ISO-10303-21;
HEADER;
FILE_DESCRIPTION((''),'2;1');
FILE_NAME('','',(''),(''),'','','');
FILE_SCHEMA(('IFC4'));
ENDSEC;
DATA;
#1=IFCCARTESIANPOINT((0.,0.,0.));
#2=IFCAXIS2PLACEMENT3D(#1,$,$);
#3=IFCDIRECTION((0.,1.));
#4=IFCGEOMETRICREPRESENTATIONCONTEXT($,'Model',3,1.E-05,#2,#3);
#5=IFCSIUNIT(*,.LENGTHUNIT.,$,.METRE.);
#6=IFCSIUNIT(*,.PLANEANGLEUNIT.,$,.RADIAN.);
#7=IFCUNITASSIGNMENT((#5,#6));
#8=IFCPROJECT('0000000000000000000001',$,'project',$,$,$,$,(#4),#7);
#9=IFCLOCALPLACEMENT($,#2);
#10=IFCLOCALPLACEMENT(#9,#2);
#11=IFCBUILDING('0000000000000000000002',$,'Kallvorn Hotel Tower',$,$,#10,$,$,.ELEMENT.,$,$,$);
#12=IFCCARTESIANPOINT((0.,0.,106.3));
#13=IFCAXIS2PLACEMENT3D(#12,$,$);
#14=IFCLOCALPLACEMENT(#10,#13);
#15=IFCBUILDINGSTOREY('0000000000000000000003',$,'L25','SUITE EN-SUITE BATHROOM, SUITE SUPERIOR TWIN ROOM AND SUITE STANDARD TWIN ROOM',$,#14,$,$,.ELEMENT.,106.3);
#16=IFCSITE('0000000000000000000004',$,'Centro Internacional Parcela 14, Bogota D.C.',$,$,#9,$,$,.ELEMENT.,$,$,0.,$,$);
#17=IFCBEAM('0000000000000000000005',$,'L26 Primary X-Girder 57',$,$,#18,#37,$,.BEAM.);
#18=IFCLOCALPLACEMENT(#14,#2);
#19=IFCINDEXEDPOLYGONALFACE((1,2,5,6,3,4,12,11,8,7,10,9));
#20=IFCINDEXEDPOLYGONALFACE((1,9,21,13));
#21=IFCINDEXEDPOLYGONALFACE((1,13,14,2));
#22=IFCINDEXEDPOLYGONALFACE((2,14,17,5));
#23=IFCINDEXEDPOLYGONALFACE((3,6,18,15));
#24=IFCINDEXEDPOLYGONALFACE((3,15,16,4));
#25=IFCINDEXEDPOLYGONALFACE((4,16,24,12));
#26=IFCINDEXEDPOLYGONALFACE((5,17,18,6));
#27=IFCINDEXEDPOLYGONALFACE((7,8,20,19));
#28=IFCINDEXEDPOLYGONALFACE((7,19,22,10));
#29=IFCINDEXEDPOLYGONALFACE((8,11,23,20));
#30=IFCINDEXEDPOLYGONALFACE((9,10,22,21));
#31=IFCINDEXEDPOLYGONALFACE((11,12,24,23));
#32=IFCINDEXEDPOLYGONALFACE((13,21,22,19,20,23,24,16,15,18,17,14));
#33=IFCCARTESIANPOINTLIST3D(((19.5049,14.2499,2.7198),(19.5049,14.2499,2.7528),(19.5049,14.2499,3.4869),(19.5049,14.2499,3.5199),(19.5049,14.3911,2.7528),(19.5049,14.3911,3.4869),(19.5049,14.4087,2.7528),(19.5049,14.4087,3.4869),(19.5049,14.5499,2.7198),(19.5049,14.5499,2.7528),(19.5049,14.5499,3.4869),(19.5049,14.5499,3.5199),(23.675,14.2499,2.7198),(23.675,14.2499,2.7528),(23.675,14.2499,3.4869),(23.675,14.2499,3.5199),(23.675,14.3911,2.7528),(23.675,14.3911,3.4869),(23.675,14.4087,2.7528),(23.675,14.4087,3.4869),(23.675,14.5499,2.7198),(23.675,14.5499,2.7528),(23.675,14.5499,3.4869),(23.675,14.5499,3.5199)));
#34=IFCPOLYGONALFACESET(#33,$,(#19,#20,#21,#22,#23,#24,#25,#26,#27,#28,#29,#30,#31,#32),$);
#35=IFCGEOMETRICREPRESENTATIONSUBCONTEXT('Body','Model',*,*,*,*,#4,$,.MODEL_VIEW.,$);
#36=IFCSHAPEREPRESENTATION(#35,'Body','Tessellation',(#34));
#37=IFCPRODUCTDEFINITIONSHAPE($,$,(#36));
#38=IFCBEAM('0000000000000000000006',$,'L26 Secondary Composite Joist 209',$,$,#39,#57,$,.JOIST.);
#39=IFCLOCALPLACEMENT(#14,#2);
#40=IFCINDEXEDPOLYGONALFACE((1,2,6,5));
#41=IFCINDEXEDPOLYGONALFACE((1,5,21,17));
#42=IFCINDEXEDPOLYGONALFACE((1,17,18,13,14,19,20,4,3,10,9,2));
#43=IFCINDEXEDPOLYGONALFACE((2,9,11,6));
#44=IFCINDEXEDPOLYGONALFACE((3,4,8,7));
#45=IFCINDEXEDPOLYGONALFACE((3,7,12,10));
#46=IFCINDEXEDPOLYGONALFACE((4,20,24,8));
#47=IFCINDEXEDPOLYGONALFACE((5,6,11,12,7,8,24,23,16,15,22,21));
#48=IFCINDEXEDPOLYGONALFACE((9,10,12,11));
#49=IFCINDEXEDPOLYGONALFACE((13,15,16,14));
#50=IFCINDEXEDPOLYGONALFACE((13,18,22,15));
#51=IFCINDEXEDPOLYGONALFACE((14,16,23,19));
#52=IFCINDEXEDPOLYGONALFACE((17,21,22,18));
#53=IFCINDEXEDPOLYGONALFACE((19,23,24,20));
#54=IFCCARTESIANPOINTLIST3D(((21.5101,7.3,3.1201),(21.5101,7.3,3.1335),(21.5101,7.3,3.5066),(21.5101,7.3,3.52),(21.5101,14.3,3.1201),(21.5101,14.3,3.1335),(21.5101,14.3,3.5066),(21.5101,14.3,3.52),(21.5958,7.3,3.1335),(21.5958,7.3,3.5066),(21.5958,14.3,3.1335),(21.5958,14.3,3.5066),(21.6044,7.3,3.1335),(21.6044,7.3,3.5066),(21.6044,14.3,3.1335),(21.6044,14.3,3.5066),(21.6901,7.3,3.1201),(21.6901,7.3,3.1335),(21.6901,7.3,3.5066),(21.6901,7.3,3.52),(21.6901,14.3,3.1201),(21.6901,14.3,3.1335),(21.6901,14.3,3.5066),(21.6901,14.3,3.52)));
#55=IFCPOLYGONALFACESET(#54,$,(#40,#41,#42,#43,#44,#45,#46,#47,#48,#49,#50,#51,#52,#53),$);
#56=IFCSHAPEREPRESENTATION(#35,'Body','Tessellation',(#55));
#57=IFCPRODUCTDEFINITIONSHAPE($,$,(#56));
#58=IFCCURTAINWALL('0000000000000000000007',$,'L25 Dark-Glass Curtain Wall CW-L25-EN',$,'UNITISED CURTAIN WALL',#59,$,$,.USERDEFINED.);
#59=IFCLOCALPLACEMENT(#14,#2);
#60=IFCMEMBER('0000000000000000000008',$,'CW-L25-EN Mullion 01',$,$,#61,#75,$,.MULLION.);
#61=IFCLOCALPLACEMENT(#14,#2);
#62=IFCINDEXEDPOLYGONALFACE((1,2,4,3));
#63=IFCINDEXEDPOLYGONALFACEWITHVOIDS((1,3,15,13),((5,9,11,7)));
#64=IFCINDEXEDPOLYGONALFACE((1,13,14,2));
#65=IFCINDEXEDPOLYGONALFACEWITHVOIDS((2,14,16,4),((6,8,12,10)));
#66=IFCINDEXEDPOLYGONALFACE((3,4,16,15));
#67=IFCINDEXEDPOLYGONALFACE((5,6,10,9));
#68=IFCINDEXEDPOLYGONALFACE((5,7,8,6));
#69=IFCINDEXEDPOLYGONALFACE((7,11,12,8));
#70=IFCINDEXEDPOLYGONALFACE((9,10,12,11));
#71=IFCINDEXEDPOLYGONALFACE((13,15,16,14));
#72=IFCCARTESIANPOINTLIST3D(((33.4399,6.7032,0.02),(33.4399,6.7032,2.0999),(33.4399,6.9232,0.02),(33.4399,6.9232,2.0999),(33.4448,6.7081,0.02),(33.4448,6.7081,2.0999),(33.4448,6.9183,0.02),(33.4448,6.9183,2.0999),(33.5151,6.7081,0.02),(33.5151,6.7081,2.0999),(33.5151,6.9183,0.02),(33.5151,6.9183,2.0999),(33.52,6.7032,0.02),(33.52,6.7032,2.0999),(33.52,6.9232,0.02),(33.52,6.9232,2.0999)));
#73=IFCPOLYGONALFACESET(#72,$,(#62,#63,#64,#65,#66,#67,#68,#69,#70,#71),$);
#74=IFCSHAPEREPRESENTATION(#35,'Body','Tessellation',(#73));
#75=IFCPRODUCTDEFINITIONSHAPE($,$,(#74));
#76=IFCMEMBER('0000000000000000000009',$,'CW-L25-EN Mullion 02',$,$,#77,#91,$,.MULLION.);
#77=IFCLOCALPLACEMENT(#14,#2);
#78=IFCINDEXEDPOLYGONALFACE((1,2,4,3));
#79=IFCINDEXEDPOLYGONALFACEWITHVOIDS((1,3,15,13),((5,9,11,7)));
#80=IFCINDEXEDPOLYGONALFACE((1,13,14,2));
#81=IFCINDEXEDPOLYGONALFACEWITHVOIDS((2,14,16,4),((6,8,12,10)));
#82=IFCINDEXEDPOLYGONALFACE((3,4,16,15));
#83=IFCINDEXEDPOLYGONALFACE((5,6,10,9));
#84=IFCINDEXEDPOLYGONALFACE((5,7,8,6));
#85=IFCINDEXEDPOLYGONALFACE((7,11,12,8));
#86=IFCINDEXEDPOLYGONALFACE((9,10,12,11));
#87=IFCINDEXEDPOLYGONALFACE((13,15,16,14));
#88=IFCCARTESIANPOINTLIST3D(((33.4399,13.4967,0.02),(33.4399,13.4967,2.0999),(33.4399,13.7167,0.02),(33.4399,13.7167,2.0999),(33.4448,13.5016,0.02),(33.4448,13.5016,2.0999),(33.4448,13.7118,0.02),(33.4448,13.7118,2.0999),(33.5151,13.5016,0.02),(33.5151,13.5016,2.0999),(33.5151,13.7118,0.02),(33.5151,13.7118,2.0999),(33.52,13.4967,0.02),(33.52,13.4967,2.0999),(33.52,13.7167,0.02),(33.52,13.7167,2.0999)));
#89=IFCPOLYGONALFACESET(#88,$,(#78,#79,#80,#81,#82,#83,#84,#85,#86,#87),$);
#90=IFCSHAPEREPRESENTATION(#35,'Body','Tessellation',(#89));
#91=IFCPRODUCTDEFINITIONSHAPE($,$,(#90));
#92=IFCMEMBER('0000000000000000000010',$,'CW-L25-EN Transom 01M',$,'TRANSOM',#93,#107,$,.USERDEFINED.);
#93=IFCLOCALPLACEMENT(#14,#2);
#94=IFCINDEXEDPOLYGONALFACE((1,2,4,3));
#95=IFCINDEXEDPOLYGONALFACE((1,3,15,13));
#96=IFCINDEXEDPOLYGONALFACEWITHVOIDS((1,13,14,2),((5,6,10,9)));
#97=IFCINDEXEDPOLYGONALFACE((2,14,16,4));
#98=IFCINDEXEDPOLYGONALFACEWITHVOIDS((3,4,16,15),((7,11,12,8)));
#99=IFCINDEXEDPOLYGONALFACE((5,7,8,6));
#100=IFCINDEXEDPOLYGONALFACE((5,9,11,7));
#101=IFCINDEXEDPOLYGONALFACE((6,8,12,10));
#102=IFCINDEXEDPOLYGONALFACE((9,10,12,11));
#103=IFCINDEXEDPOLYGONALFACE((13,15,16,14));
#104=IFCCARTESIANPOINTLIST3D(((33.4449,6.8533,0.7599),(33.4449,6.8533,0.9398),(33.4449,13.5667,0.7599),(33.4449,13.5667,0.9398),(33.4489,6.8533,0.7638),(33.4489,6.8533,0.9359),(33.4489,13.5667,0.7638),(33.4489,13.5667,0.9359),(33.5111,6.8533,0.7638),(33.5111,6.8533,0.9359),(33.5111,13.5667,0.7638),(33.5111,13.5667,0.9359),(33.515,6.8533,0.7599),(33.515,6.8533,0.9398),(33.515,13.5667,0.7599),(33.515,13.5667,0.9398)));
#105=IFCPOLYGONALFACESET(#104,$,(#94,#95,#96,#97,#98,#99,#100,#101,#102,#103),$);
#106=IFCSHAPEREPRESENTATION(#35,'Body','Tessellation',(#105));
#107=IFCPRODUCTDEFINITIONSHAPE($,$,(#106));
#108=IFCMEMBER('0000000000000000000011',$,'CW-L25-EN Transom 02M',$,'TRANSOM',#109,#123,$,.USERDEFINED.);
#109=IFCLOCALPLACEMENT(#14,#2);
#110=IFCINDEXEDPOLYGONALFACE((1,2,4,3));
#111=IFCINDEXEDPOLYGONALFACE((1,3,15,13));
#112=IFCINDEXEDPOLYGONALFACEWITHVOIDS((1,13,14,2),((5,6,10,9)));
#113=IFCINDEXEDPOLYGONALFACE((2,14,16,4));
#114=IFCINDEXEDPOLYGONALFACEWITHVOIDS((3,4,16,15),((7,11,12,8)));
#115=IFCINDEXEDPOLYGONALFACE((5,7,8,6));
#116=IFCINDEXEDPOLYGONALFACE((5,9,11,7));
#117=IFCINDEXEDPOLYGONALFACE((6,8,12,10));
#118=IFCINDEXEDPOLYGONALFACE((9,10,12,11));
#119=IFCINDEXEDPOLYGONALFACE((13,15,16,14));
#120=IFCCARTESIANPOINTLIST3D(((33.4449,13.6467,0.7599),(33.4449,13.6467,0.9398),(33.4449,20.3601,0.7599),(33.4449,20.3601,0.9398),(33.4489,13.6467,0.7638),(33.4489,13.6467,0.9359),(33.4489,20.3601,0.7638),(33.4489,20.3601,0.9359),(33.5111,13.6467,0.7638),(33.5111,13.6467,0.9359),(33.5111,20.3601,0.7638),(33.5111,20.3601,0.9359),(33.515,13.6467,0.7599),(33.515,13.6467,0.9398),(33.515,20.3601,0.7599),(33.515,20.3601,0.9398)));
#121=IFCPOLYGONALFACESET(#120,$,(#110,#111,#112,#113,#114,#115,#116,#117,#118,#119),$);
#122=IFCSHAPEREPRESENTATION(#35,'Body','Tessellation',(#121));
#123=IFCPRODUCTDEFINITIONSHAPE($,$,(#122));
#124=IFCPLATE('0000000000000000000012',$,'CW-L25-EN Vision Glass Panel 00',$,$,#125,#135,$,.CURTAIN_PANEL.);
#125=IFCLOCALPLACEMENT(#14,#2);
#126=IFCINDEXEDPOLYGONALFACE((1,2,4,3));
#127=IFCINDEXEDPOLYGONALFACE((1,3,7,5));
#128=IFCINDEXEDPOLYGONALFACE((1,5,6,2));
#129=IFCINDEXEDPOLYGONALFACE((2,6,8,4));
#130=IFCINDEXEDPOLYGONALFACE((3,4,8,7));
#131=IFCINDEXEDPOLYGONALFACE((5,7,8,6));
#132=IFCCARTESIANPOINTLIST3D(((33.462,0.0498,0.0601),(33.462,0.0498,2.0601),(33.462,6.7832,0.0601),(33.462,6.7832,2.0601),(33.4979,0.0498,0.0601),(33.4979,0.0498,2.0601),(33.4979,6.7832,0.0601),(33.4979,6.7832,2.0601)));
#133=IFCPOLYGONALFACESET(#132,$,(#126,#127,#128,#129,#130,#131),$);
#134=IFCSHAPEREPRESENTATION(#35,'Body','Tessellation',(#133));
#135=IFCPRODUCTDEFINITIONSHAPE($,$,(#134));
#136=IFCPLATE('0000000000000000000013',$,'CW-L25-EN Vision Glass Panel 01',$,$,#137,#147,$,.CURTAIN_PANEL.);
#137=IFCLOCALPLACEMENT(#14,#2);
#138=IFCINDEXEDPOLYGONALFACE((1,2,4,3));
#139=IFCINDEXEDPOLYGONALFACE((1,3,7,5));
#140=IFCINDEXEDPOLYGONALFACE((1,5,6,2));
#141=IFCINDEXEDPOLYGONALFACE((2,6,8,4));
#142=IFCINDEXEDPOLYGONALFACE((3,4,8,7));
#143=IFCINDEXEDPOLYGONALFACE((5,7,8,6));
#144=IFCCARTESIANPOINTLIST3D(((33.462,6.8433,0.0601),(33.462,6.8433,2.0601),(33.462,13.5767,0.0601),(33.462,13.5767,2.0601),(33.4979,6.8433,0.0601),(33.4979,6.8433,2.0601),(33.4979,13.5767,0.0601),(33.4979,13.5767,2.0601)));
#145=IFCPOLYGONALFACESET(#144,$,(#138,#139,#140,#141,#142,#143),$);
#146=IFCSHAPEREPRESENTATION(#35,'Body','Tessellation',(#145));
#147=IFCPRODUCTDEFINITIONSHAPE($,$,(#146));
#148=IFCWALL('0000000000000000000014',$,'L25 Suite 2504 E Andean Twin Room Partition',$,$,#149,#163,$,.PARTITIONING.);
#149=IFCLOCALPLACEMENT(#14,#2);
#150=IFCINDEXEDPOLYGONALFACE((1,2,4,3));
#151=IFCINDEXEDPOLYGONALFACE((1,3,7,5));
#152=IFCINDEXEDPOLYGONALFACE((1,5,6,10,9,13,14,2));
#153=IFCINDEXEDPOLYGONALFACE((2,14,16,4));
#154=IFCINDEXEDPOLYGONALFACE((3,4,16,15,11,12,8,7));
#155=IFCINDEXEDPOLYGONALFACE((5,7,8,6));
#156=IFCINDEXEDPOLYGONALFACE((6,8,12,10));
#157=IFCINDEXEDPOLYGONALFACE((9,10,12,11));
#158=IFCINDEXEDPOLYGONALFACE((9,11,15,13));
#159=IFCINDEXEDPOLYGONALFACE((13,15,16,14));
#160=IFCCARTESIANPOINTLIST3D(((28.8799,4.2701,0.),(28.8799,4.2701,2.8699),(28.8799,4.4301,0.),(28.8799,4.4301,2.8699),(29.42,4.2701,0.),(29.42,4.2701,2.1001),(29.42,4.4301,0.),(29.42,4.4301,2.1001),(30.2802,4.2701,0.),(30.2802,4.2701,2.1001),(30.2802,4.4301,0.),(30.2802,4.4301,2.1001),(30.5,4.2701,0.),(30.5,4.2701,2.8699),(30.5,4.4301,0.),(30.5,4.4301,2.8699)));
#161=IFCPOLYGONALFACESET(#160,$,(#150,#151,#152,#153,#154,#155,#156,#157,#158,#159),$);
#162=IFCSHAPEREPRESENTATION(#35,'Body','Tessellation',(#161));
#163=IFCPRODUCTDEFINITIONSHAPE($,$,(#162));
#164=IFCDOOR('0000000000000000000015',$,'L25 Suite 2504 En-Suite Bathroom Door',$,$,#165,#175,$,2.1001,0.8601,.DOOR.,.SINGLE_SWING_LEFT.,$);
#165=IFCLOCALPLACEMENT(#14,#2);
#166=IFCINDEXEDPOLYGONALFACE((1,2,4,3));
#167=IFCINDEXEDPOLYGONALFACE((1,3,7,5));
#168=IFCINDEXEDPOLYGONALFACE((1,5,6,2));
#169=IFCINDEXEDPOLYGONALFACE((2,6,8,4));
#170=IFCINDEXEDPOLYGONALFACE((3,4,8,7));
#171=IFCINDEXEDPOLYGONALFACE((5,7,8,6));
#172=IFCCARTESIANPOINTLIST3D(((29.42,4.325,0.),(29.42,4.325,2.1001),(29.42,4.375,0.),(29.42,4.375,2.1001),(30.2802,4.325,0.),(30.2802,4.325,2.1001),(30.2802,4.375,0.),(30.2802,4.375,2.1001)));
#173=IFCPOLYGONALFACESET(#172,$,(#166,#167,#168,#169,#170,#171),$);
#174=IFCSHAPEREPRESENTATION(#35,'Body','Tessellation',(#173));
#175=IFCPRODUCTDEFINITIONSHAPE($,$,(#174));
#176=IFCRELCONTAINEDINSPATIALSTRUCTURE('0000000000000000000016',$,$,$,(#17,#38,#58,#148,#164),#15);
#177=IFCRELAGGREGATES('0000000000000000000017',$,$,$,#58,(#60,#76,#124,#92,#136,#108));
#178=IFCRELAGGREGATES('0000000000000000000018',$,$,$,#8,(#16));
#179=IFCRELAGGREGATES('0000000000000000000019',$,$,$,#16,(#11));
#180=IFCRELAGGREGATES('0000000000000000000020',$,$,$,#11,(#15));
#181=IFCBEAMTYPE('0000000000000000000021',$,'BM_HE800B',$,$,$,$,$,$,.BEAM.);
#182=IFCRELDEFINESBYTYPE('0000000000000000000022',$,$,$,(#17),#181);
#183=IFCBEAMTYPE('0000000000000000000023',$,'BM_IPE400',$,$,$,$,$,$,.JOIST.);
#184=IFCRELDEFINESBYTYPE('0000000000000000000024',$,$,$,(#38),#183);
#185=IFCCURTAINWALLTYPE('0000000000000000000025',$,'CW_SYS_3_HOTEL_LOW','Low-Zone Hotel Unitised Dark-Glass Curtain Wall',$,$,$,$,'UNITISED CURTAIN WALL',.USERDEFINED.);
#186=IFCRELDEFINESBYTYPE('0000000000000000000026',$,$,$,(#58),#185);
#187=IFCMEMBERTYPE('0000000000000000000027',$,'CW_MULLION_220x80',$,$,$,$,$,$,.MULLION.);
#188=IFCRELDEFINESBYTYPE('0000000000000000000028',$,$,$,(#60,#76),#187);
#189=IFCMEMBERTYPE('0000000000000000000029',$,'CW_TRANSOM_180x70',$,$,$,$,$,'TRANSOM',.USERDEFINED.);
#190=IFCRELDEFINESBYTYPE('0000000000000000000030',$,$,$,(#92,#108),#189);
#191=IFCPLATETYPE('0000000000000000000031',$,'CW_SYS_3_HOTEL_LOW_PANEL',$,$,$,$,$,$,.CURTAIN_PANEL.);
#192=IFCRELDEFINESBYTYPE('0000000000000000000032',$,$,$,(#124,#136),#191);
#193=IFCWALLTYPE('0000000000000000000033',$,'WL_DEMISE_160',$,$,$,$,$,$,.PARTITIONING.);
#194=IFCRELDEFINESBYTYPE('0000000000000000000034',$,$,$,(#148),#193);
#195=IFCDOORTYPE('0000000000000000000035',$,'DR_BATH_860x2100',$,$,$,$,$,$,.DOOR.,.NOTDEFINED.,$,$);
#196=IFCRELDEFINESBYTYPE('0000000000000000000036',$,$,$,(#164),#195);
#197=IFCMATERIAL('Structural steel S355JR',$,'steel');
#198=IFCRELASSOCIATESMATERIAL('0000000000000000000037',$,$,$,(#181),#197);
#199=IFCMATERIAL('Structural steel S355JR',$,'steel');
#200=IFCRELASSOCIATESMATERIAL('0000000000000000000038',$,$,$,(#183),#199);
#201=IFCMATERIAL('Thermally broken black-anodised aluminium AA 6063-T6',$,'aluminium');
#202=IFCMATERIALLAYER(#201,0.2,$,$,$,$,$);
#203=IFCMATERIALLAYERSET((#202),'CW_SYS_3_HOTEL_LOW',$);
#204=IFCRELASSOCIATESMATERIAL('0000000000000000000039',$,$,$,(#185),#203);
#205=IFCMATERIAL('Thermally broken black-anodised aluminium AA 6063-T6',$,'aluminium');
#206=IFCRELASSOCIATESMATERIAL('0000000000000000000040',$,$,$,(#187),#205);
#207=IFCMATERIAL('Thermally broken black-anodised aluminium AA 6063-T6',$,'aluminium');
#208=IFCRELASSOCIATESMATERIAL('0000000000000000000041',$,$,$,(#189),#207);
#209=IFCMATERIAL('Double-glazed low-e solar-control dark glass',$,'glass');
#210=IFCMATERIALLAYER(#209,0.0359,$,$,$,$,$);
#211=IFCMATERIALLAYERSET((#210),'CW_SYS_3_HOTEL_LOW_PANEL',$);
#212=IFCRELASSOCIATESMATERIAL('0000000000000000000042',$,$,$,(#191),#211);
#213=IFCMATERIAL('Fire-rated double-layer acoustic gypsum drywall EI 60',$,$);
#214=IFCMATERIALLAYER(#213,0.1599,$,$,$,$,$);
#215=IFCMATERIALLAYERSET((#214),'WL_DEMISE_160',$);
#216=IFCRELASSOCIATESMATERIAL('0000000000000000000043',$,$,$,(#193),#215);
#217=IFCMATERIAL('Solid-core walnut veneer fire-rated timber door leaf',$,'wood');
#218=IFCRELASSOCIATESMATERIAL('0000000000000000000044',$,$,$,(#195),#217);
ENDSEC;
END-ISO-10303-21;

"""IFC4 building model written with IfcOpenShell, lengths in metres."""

from ifc_helpers import new_model, si_unit, direction, frame, frame_2d, origin, origin_2d, place, context, subcontext, project, spatial, rectangle, hollow_rectangle, i_section, extrude, material, layer, layer_set, material_profile, profile_set, type_object, element, fill, aggregate, save


model = new_model("IFC4")

# Units and contexts
model_context = context("Model", 3, precision=1e-05, world=origin(), true_north=direction((0.0, 1.0)))
body_context = subcontext(model_context, "Body", "Model", "MODEL_VIEW")
ifc_project = project(units=[si_unit("LENGTHUNIT", "METRE"), si_unit("PLANEANGLEUNIT", "RADIAN")], contexts=[model_context])

# Site, building, storey
site_placement = place(None, origin())
site = spatial("IfcSite", under=ifc_project, at=site_placement, Name="Centro Internacional Parcela 14, Bogota D.C.", CompositionType="ELEMENT", RefElevation=0.0)
building_placement = place(site_placement, origin())
building = spatial("IfcBuilding", under=site, at=building_placement, Name="Kallvorn Hotel Tower", CompositionType="ELEMENT")
storey_placement = place(building_placement, frame((0.0, 0.0, 106.3)))
storey = spatial("IfcBuildingStorey", under=building, at=storey_placement, Name="L25", Description="SUITE EN-SUITE BATHROOM, SUITE SUPERIOR TWIN ROOM AND SUITE STANDARD TWIN ROOM", CompositionType="ELEMENT", Elevation=106.3)

# Beams
ifc_material_1 = material(Name="Structural steel S355JR", Category="steel")
ifc_material_profile_1 = material_profile(ifc_material_1, i_section(OverallWidth=0.3, OverallDepth=0.8, WebThickness=0.0176, FlangeThickness=0.033, at=origin_2d()), Name="HE 800 B")
ifc_profile_set_1 = profile_set([ifc_material_profile_1], Name="Structural steel S355JR")
beam_type_1 = type_object("IfcBeamType", Name="BM_HE800B", PredefinedType="BEAM", material=ifc_profile_set_1)
beam_1_placement = place(storey_placement, frame((19.5049, 14.3999, 3.1199), z_axis=(1.0, 0.0, 0.0), x_axis=(0.0, 1.0, 0.0)))
element("IfcBeam", 1, at=beam_1_placement, inside=storey, type_object=beam_type_1, Name="L26 Primary X-Girder 57", PredefinedType="BEAM", context=body_context, shape_type="SweptSolid", body=[
    extrude(i_section(OverallWidth=0.3, OverallDepth=0.8, WebThickness=0.0176, FlangeThickness=0.033, at=origin_2d()), origin(), (0.0, 0.0, 1.0), 4.1702),
])
ifc_material_2 = material(Name="Structural steel S355JR", Category="steel")
ifc_material_profile_2 = material_profile(ifc_material_2, i_section(OverallWidth=0.1799, OverallDepth=0.3999, WebThickness=0.0085, FlangeThickness=0.0134, at=origin_2d()), Name="IPE 400")
ifc_profile_set_2 = profile_set([ifc_material_profile_2], Name="Structural steel S355JR")
beam_type_2 = type_object("IfcBeamType", Name="BM_IPE400", PredefinedType="JOIST", material=ifc_profile_set_2)
beam_2_placement = place(storey_placement, frame((21.6001, 7.3, 3.3201), z_axis=(0.0, 1.0, 0.0), x_axis=(-1.0, 0.0, 0.0)))
element("IfcBeam", 2, at=beam_2_placement, inside=storey, type_object=beam_type_2, Name="L26 Secondary Composite Joist 209", PredefinedType="JOIST", context=body_context, shape_type="SweptSolid", body=[
    extrude(i_section(OverallWidth=0.1799, OverallDepth=0.3999, WebThickness=0.0085, FlangeThickness=0.0134, at=origin_2d()), origin(), (0.0, 0.0, 1.0), 7.0),
])

# Curtain wall, members, plates
ifc_material_3 = material(Name="Thermally broken black-anodised aluminium AA 6063-T6", Category="aluminium")
ifc_layer_1 = layer(ifc_material_3, 0.2)
ifc_layer_set_1 = layer_set([ifc_layer_1], Name="CW_SYS_3_HOTEL_LOW")
curtain_wall_type = type_object("IfcCurtainWallType", Name="CW_SYS_3_HOTEL_LOW", Description="Low-Zone Hotel Unitised Dark-Glass Curtain Wall", ElementType="UNITISED CURTAIN WALL", PredefinedType="USERDEFINED", material=ifc_layer_set_1)
curtain_wall_placement = place(storey_placement, origin())
curtain_wall = element("IfcCurtainWall", 3, at=curtain_wall_placement, inside=storey, type_object=curtain_wall_type, Name="L25 Dark-Glass Curtain Wall CW-L25-EN", ObjectType="UNITISED CURTAIN WALL", PredefinedType="USERDEFINED")
ifc_material_4 = material(Name="Thermally broken black-anodised aluminium AA 6063-T6", Category="aluminium")
ifc_material_profile_3 = material_profile(ifc_material_4, hollow_rectangle(XDim=0.0801, YDim=0.22, WallThickness=0.0049, at=origin_2d()), Name="MUL 220x80")
ifc_profile_set_3 = profile_set([ifc_material_profile_3], Name="Thermally broken black-anodised aluminium AA 6063-T6")
member_type_1 = type_object("IfcMemberType", Name="CW_MULLION_220x80", PredefinedType="MULLION", material=ifc_profile_set_3)
member_1_placement = place(storey_placement, frame((33.48, 6.8132, 0.02), z_axis=(0.0, 0.0, 1.0), x_axis=(1.0, 0.0, 0.0)))
member_1 = element("IfcMember", 4, at=member_1_placement, type_object=member_type_1, Name="CW-L25-EN Mullion 01", PredefinedType="MULLION", context=body_context, shape_type="SweptSolid", body=[
    extrude(hollow_rectangle(XDim=0.0801, YDim=0.22, WallThickness=0.0049, at=origin_2d()), origin(), (0.0, 0.0, 1.0), 2.0798),
])
member_2_placement = place(storey_placement, frame((33.48, 13.6067, 0.02), z_axis=(0.0, 0.0, 1.0), x_axis=(1.0, 0.0, 0.0)))
member_2 = element("IfcMember", 5, at=member_2_placement, type_object=member_type_1, Name="CW-L25-EN Mullion 02", PredefinedType="MULLION", context=body_context, shape_type="SweptSolid", body=[
    extrude(hollow_rectangle(XDim=0.0801, YDim=0.22, WallThickness=0.0049, at=origin_2d()), origin(), (0.0, 0.0, 1.0), 2.0798),
])
ifc_material_5 = material(Name="Thermally broken black-anodised aluminium AA 6063-T6", Category="aluminium")
ifc_material_profile_4 = material_profile(ifc_material_5, hollow_rectangle(XDim=0.0701, YDim=0.1799, WallThickness=0.0039, at=origin_2d()), Name="TRN 180x70")
ifc_profile_set_4 = profile_set([ifc_material_profile_4], Name="Thermally broken black-anodised aluminium AA 6063-T6")
member_type_2 = type_object("IfcMemberType", Name="CW_TRANSOM_180x70", ElementType="TRANSOM", PredefinedType="USERDEFINED", material=ifc_profile_set_4)
member_3_placement = place(storey_placement, frame((33.48, 6.8533, 0.8499), z_axis=(0.0, 1.0, 0.0), x_axis=(-1.0, 0.0, 0.0)))
member_3 = element("IfcMember", 6, at=member_3_placement, type_object=member_type_2, Name="CW-L25-EN Transom 01M", ObjectType="TRANSOM", PredefinedType="USERDEFINED", context=body_context, shape_type="SweptSolid", body=[
    extrude(hollow_rectangle(XDim=0.0701, YDim=0.1799, WallThickness=0.0039, at=origin_2d()), origin(), (0.0, 0.0, 1.0), 6.7134),
])
member_4_placement = place(storey_placement, frame((33.48, 13.6467, 0.8499), z_axis=(0.0, 1.0, 0.0), x_axis=(-1.0, 0.0, 0.0)))
member_4 = element("IfcMember", 7, at=member_4_placement, type_object=member_type_2, Name="CW-L25-EN Transom 02M", ObjectType="TRANSOM", PredefinedType="USERDEFINED", context=body_context, shape_type="SweptSolid", body=[
    extrude(hollow_rectangle(XDim=0.0701, YDim=0.1799, WallThickness=0.0039, at=origin_2d()), origin(), (0.0, 0.0, 1.0), 6.7134),
])
ifc_material_6 = material(Name="Double-glazed low-e solar-control dark glass", Category="glass")
ifc_layer_2 = layer(ifc_material_6, 0.0359)
ifc_layer_set_2 = layer_set([ifc_layer_2], Name="CW_SYS_3_HOTEL_LOW_PANEL")
plate_type = type_object("IfcPlateType", Name="CW_SYS_3_HOTEL_LOW_PANEL", PredefinedType="CURTAIN_PANEL", material=ifc_layer_set_2)
plate_1_placement = place(storey_placement, frame((33.48, 3.4165, 0.0601), z_axis=(0.0, 0.0, 1.0), x_axis=(0.0, 1.0, 0.0)))
plate_1 = element("IfcPlate", 8, at=plate_1_placement, type_object=plate_type, Name="CW-L25-EN Vision Glass Panel 00", PredefinedType="CURTAIN_PANEL", context=body_context, shape_type="SweptSolid", body=[
    extrude(rectangle(XDim=6.7334, YDim=0.0359, at=origin_2d()), origin(), (0.0, 0.0, 1.0), 2.0),
])
plate_2_placement = place(storey_placement, frame((33.48, 10.21, 0.0601), z_axis=(0.0, 0.0, 1.0), x_axis=(0.0, 1.0, 0.0)))
plate_2 = element("IfcPlate", 9, at=plate_2_placement, type_object=plate_type, Name="CW-L25-EN Vision Glass Panel 01", PredefinedType="CURTAIN_PANEL", context=body_context, shape_type="SweptSolid", body=[
    extrude(rectangle(XDim=6.7334, YDim=0.0359, at=origin_2d()), origin(), (0.0, 0.0, 1.0), 2.0),
])
aggregate(curtain_wall, [member_1, member_2, plate_1, member_3, plate_2, member_4])

# Wall, opening, door
ifc_material_7 = material(Name="Fire-rated double-layer acoustic gypsum drywall EI 60")
ifc_layer_3 = layer(ifc_material_7, 0.1599)
ifc_layer_set_3 = layer_set([ifc_layer_3], Name="WL_DEMISE_160")
wall_type_1 = type_object("IfcWallType", Name="WL_DEMISE_160", PredefinedType="PARTITIONING", material=ifc_layer_set_3)
wall_1_placement = place(storey_placement, frame((28.8799, 4.3501, 0.0), z_axis=(0.0, 0.0, 1.0), x_axis=(1.0, 0.0, 0.0)))
wall_1 = element("IfcWall", 10, at=wall_1_placement, inside=storey, type_object=wall_type_1, Name="L25 Suite 2504 E Andean Twin Room Partition", PredefinedType="PARTITIONING", context=body_context, shape_type="SweptSolid", body=[
    extrude(rectangle(XDim=1.6201, YDim=0.1599, at=frame_2d((0.8101, 0.0))), origin(), (0.0, 0.0, 1.0), 2.8699),
])
opening_1_placement = place(wall_1_placement, frame((0.54, 0.0, 0.0)))
opening_1 = element("IfcOpeningElement", 11, at=opening_1_placement, cuts=wall_1, PredefinedType="OPENING", context=body_context, shape_type="SweptSolid", body=[
    extrude(rectangle(XDim=0.8601, YDim=2.1001, at=frame_2d((0.4302, 1.05))), frame((0.0, 0.095, 0.0), z_axis=(0.0, -1.0, 0.0), x_axis=(1.0, 0.0, 0.0)), (0.0, 0.0, 1.0), 0.1899),
])
ifc_material_8 = material(Name="Solid-core walnut veneer fire-rated timber door leaf", Category="wood")
door_type = type_object("IfcDoorType", Name="DR_BATH_860x2100", OperationType="NOTDEFINED", PredefinedType="DOOR", material=ifc_material_8)
door_1_placement = place(opening_1_placement, origin())
door_1 = element("IfcDoor", 12, at=door_1_placement, inside=storey, type_object=door_type, Name="L25 Suite 2504 En-Suite Bathroom Door", OperationType="SINGLE_SWING_LEFT", OverallHeight=2.1001, OverallWidth=0.8601, PredefinedType="DOOR", context=body_context, shape_type="SweptSolid", body=[
    extrude(rectangle(XDim=0.8601, YDim=2.1001, at=frame_2d((0.4302, 1.05))), frame((0.0, 0.0249, 0.0), z_axis=(0.0, -1.0, 0.0), x_axis=(1.0, 0.0, 0.0)), (0.0, 0.0, 1.0), 0.05),
])
fill(opening_1, door_1)

save(model, "model.ifc")
